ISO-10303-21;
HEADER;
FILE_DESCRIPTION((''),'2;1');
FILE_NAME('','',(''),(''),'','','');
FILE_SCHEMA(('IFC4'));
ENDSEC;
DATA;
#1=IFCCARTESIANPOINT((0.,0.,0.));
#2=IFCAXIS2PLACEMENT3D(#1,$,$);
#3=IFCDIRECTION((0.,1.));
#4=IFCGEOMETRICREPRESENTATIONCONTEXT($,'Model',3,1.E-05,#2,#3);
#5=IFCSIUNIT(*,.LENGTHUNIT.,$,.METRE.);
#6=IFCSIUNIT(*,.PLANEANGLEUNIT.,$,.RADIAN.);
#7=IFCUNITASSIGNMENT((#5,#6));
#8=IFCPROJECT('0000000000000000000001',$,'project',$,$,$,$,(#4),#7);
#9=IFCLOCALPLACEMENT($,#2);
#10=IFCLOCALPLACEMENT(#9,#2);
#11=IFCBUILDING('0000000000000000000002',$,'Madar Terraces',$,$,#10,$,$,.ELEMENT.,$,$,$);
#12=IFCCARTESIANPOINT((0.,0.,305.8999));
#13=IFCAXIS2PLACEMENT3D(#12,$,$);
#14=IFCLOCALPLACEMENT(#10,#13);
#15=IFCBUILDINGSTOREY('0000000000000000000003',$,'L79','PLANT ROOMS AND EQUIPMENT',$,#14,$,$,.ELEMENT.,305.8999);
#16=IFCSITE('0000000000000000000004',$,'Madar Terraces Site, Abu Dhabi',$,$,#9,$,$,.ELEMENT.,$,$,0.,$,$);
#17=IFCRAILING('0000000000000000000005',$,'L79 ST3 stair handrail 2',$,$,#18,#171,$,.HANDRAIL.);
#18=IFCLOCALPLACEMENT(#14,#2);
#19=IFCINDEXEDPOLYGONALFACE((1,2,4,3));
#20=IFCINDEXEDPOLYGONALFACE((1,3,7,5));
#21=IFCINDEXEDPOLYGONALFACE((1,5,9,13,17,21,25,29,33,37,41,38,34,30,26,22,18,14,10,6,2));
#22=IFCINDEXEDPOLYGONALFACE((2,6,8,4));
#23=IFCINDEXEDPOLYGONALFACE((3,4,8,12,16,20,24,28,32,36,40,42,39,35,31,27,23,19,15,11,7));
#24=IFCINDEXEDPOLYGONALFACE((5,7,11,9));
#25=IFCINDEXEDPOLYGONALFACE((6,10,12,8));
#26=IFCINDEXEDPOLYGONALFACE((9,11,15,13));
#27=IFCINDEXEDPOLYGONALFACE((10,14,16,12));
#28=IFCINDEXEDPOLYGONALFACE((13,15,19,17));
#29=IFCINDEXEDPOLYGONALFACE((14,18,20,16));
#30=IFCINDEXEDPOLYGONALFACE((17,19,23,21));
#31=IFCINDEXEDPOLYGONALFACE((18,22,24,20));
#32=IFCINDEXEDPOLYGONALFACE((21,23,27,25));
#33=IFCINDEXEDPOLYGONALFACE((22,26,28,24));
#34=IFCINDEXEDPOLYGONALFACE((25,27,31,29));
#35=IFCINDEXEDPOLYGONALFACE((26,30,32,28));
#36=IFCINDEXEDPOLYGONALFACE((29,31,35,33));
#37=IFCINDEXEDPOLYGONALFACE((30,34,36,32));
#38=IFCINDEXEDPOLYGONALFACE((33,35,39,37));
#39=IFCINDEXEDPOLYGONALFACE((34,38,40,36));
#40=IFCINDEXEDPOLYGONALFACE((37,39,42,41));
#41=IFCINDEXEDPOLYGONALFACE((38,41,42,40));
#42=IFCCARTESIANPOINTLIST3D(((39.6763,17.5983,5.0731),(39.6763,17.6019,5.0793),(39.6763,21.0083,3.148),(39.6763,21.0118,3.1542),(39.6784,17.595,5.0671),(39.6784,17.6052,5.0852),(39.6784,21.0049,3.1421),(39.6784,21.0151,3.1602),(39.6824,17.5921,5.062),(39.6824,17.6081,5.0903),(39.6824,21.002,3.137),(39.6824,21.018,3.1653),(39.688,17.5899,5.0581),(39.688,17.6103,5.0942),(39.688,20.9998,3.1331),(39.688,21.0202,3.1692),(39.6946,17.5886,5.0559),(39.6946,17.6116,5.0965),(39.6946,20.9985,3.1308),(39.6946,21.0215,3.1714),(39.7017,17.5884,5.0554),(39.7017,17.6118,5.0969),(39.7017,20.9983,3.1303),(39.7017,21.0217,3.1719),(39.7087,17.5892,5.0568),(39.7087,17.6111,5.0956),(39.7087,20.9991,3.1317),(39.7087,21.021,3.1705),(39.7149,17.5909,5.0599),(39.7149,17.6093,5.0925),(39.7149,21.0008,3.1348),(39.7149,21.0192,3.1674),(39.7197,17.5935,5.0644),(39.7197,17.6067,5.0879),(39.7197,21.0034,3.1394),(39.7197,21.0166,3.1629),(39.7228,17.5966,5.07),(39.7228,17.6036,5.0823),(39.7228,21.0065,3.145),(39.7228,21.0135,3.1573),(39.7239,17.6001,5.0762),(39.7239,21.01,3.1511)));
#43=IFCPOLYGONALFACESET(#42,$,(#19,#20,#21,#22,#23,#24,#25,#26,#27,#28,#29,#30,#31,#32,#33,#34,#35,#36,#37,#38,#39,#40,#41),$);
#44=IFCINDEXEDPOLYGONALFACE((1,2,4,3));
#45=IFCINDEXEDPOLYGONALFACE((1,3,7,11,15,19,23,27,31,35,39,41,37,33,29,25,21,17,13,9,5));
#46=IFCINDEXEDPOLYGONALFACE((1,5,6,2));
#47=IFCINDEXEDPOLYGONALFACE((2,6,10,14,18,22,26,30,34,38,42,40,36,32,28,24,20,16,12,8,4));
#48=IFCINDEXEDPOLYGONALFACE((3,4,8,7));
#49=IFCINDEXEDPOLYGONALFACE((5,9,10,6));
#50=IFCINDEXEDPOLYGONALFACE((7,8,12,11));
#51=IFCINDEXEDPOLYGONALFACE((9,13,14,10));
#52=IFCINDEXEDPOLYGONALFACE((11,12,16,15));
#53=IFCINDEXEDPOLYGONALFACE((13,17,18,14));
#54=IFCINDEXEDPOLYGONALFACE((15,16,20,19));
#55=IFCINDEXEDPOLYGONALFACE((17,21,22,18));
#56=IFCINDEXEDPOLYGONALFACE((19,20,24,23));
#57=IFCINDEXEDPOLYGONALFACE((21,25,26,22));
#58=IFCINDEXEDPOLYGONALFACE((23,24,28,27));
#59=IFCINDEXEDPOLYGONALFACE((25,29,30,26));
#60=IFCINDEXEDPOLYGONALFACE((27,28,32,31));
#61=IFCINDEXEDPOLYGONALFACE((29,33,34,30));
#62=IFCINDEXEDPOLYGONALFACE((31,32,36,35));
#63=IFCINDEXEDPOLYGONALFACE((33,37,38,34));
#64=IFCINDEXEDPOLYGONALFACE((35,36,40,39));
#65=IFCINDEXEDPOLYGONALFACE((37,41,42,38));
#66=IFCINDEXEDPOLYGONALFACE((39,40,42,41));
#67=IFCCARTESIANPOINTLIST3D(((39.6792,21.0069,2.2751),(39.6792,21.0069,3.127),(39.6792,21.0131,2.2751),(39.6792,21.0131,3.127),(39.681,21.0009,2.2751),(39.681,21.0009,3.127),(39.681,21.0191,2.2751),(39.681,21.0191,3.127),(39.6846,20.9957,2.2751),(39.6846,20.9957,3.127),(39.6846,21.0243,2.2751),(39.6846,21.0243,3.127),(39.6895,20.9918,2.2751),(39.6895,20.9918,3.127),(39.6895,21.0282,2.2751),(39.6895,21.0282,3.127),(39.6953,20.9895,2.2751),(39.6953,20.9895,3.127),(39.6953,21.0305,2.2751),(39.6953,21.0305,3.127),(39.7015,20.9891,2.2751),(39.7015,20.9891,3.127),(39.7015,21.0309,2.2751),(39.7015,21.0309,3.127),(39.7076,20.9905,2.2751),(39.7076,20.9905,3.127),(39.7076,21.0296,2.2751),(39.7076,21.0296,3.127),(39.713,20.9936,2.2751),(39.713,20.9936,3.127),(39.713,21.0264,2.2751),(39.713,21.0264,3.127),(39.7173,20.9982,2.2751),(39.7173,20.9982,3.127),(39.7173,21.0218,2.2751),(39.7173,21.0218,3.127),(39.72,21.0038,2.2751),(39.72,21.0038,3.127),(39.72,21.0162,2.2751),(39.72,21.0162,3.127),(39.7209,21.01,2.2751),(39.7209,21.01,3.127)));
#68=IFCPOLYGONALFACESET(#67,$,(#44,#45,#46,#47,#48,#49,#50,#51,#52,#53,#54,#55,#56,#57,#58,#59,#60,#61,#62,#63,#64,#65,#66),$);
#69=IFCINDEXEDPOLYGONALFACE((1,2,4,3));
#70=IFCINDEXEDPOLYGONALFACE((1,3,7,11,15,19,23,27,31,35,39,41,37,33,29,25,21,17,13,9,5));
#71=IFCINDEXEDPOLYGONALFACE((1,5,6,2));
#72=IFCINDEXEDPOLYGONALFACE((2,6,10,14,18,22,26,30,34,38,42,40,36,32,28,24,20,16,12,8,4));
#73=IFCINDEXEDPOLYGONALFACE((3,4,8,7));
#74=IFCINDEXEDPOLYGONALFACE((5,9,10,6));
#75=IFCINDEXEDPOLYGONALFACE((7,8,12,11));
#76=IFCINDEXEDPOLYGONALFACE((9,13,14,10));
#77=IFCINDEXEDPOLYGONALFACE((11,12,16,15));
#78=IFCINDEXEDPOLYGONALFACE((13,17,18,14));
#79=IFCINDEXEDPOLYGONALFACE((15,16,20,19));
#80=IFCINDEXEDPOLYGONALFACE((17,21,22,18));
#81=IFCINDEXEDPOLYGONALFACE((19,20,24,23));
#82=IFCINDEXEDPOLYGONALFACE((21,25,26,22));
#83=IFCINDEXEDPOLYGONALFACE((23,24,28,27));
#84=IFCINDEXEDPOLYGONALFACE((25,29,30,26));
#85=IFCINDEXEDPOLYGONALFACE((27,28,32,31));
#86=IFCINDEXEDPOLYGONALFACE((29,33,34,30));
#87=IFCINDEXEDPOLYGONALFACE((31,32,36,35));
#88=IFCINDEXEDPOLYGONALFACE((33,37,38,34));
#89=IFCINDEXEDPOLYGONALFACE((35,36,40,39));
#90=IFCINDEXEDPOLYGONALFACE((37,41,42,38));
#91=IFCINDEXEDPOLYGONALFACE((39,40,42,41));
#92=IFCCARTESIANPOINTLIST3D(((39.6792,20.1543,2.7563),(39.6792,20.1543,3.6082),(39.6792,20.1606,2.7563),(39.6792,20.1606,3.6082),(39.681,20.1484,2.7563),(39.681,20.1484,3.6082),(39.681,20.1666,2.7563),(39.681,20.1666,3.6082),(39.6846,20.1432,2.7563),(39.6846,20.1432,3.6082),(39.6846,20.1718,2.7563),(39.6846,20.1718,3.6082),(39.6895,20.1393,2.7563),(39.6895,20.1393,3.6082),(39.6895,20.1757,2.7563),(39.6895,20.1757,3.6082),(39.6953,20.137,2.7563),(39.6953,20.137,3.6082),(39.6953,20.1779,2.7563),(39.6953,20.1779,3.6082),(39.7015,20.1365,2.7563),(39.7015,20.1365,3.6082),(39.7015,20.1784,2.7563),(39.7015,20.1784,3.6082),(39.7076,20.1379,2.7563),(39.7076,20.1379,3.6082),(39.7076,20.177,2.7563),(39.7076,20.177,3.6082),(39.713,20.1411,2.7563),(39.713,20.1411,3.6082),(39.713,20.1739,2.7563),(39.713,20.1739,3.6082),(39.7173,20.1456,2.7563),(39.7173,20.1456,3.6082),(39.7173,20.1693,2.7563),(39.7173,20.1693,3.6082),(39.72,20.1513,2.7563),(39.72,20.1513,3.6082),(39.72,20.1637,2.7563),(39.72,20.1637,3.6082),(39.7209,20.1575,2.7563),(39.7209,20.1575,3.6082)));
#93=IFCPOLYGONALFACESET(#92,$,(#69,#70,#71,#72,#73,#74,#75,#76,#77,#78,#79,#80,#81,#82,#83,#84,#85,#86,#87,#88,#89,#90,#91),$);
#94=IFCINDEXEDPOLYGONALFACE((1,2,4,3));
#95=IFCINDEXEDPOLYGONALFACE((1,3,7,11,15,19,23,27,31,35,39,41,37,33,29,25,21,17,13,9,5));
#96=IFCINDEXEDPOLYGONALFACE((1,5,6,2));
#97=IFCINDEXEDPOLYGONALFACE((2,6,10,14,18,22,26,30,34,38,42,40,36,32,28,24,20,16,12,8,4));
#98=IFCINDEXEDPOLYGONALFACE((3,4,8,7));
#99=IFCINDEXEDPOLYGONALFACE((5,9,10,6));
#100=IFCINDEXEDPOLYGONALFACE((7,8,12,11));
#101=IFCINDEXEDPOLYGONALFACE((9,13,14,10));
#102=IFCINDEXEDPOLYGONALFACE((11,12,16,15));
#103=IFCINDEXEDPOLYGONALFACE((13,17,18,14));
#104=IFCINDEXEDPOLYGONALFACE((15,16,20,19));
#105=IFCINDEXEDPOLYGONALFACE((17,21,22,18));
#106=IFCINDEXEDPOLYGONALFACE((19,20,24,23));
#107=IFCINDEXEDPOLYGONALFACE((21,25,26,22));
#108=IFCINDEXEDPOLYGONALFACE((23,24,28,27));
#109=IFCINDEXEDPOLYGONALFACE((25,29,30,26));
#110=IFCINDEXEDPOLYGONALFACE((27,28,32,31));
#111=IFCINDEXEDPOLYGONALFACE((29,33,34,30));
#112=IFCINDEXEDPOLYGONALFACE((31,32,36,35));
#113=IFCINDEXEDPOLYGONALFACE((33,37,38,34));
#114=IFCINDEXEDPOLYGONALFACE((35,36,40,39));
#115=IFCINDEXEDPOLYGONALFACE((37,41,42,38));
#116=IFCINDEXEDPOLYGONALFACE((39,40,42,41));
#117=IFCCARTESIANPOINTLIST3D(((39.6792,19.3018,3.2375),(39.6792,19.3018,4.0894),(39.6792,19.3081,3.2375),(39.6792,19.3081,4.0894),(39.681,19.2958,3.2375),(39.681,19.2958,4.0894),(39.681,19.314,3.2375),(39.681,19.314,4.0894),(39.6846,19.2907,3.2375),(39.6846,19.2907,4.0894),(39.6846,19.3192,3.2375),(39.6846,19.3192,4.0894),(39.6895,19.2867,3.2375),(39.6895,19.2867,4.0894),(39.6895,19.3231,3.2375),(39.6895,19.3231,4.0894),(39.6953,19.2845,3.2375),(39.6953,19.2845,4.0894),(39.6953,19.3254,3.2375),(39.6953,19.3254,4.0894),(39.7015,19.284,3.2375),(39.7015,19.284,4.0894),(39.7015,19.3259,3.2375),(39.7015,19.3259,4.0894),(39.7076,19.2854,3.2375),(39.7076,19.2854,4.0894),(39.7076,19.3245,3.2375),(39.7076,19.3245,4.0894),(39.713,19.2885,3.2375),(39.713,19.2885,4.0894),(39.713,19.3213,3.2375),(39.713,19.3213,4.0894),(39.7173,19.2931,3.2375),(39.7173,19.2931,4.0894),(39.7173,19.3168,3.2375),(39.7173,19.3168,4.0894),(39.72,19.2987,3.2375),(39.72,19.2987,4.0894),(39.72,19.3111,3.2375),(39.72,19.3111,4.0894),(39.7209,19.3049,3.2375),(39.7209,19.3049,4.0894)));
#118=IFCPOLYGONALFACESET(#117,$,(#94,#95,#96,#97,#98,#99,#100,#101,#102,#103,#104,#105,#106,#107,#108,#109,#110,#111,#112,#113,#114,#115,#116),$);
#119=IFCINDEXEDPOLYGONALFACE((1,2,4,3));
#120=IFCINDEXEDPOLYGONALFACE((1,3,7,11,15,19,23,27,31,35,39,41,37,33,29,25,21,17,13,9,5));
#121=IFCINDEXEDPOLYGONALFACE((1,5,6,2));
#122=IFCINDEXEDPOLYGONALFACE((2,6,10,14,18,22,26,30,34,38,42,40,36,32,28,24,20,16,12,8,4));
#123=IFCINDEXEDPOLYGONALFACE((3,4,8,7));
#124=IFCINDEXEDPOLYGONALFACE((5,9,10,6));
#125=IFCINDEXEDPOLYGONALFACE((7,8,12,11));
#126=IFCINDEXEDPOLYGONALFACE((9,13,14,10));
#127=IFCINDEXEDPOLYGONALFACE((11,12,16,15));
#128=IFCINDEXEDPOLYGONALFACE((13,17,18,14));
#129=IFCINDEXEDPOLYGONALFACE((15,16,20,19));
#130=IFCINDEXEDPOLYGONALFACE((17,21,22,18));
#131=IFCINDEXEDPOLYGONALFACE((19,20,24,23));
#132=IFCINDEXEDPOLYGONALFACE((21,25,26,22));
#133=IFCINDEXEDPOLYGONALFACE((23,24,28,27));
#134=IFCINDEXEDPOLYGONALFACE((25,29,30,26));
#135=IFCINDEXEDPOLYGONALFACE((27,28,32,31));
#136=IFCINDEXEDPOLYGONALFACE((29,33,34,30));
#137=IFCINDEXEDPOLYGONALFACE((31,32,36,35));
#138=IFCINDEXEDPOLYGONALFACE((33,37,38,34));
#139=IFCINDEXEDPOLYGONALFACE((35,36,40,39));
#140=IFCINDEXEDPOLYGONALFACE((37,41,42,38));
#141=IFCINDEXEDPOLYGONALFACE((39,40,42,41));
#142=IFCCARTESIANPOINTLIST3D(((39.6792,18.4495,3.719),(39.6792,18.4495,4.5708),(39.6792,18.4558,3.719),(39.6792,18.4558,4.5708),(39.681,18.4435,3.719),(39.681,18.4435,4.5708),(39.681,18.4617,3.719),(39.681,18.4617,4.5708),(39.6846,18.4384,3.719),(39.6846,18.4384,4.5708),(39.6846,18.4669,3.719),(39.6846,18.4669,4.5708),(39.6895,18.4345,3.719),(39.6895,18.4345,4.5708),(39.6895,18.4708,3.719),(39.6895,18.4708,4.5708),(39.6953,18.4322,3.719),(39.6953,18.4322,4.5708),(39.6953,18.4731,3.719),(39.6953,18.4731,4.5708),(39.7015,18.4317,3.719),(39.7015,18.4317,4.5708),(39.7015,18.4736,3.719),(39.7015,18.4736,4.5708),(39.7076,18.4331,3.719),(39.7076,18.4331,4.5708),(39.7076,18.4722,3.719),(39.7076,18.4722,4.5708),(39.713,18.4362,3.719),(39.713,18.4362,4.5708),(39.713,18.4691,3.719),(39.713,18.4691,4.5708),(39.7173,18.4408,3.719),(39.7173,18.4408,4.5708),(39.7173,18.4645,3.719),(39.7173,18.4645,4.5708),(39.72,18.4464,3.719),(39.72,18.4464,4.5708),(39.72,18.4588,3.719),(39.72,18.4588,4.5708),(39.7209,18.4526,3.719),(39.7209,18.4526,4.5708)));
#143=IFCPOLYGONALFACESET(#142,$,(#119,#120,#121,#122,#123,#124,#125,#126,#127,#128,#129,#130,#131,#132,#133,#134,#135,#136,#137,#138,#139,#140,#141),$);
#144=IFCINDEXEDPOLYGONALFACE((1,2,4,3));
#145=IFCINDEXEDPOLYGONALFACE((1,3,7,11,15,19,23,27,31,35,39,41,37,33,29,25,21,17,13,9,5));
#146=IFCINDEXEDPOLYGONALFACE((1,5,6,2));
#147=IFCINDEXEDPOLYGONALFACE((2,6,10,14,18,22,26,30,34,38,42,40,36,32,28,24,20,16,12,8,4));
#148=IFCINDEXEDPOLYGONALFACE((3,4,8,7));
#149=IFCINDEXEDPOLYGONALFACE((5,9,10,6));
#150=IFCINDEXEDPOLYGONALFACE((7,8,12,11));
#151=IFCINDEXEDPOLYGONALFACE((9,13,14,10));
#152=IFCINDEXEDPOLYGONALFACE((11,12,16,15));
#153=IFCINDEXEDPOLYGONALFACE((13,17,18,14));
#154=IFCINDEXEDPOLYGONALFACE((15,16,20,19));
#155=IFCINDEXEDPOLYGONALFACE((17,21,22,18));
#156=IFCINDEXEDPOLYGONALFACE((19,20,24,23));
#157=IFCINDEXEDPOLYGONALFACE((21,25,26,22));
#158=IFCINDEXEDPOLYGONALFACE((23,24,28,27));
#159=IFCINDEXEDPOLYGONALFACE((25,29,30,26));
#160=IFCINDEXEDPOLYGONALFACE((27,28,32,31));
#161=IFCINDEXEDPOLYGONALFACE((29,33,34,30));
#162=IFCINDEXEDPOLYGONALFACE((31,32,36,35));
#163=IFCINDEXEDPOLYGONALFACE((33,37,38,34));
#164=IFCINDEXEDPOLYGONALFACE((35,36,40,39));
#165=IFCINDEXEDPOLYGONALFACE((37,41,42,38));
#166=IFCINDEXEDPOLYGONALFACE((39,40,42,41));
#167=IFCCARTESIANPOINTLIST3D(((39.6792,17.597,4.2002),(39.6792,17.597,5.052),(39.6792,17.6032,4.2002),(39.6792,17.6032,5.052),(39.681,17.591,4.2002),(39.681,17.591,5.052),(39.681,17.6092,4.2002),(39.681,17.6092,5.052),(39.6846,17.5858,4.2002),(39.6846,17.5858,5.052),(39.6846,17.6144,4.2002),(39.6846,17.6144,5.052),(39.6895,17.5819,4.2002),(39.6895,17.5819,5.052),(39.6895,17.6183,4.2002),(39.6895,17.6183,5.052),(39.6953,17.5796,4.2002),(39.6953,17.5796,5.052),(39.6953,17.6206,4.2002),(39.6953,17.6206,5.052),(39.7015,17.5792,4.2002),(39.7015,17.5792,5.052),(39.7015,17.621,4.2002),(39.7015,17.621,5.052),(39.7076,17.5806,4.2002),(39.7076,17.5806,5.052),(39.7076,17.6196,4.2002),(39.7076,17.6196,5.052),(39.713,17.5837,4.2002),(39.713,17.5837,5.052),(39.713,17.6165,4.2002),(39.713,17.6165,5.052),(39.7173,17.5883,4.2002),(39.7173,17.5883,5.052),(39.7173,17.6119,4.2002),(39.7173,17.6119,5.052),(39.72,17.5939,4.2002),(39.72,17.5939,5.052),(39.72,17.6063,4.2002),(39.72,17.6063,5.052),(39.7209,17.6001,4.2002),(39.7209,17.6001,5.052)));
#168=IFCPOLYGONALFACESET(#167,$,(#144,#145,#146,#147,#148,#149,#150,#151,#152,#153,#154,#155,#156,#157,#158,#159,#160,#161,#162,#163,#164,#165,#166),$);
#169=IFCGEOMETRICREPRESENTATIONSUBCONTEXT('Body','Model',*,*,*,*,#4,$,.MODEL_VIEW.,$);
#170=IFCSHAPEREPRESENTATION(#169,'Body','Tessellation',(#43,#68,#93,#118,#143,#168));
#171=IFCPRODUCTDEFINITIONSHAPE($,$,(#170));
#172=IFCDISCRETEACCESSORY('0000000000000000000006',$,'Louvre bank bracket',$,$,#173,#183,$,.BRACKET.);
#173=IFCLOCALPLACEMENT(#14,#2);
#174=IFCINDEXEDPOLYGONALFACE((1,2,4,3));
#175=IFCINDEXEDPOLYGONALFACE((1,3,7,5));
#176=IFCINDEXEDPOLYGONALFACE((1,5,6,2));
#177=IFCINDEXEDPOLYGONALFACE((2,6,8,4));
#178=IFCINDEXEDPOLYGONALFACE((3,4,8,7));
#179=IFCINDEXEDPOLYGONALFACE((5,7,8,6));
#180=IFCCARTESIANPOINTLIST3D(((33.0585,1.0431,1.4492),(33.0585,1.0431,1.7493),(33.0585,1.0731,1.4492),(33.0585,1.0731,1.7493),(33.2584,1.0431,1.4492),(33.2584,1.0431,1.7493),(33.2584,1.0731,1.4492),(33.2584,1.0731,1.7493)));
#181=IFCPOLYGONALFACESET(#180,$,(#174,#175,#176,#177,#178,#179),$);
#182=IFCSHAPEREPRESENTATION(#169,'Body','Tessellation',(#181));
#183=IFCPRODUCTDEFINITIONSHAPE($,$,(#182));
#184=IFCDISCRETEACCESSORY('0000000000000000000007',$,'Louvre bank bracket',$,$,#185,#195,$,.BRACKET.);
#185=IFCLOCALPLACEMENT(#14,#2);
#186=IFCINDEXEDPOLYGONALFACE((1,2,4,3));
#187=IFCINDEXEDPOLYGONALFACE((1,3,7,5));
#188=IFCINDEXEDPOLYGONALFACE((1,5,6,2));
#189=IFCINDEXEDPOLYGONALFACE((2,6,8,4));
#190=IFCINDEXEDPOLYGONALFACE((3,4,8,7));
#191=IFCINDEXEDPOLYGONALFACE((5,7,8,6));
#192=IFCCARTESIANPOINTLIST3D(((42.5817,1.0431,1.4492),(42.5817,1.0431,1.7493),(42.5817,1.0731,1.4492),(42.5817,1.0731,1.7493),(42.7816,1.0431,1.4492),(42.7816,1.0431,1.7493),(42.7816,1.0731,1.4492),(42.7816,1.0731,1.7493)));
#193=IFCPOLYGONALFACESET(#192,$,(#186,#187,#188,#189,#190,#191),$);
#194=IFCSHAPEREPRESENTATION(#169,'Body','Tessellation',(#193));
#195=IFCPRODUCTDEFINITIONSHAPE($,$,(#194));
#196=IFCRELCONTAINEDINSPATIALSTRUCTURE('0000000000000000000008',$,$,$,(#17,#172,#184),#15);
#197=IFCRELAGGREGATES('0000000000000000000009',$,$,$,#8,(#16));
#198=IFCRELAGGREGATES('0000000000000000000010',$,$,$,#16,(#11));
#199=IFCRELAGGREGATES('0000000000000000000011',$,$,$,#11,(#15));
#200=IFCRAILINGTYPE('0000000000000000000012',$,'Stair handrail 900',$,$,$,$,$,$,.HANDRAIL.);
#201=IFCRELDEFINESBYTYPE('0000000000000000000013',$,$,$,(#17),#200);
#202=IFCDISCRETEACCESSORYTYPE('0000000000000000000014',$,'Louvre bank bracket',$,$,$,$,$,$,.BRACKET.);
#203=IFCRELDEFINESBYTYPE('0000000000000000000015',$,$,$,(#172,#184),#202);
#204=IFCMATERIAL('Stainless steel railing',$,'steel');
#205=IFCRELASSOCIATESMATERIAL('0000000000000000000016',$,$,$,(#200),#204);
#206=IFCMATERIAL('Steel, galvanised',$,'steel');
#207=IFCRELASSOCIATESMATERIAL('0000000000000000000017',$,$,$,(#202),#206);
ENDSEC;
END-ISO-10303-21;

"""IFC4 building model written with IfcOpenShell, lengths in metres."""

from ifc_helpers import new_model, si_unit, direction, frame, origin, origin_2d, place, context, subcontext, project, spatial, rectangle, circle, extrude, material, type_object, element, save


model = new_model("IFC4")

# Units and contexts
model_context = context("Model", 3, precision=1e-05, world=origin(), true_north=direction((0.0, 1.0)))
body_context = subcontext(model_context, "Body", "Model", "MODEL_VIEW")
ifc_project = project(units=[si_unit("LENGTHUNIT", "METRE"), si_unit("PLANEANGLEUNIT", "RADIAN")], contexts=[model_context])

# Site, building, storey
site_placement = place(None, origin())
site = spatial("IfcSite", under=ifc_project, at=site_placement, Name="Madar Terraces Site, Abu Dhabi", CompositionType="ELEMENT", RefElevation=0.0)
building_placement = place(site_placement, origin())
building = spatial("IfcBuilding", under=site, at=building_placement, Name="Madar Terraces", CompositionType="ELEMENT")
storey_placement = place(building_placement, frame((0.0, 0.0, 305.8999)))
storey = spatial("IfcBuildingStorey", under=building, at=storey_placement, Name="L79", Description="PLANT ROOMS AND EQUIPMENT", CompositionType="ELEMENT", Elevation=305.8999)

# Railing
ifc_material_1 = material(Name="Stainless steel railing", Category="steel")
railing_type_1 = type_object("IfcRailingType", Name="Stair handrail 900", PredefinedType="HANDRAIL", material=ifc_material_1)
railing_1_placement = place(storey_placement, frame((39.7, 21.01, 2.2751)))
element("IfcRailing", 1, at=railing_1_placement, inside=storey, type_object=railing_type_1, Name="L79 ST3 stair handrail 2", PredefinedType="HANDRAIL", context=body_context, shape_type="SweptSolid", body=[
    extrude(circle(Radius=0.0239, at=origin_2d()), frame((0.0, 0.0, 0.876), z_axis=(0.0, -0.870814, 0.491613), x_axis=(1.0, 0.0, 0.0)), (0.0, 0.0, 1.0), 3.9158),
    extrude(circle(Radius=0.021, at=origin_2d()), origin(), (0.0, 0.0, 1.0), 0.8518),
    extrude(circle(Radius=0.021, at=origin_2d()), frame((0.0, -0.8525, 0.4812)), (0.0, 0.0, 1.0), 0.8518),
    extrude(circle(Radius=0.021, at=origin_2d()), frame((0.0, -1.7051, 0.9624)), (0.0, 0.0, 1.0), 0.8518),
    extrude(circle(Radius=0.021, at=origin_2d()), frame((0.0, -2.5574, 1.4438)), (0.0, 0.0, 1.0), 0.8518),
    extrude(circle(Radius=0.021, at=origin_2d()), frame((0.0, -3.4099, 1.925)), (0.0, 0.0, 1.0), 0.8518),
])

# Discrete accessories
ifc_material_2 = material(Name="Steel, galvanised", Category="steel")
discrete_accessory_type = type_object("IfcDiscreteAccessoryType", Name="Louvre bank bracket", PredefinedType="BRACKET", material=ifc_material_2)
for number, where, z_axis, x_axis, name in (
    (2, (33.1584, 1.0581, 1.4492), (0.0, 0.0, 1.0), (1.0, 0.0, 0.0), "Louvre bank bracket"),
    (3, (42.6816, 1.0581, 1.4492), (0.0, 0.0, 1.0), (1.0, 0.0, 0.0), "Louvre bank bracket"),
):
    element("IfcDiscreteAccessory", number, at=place(storey_placement, frame(where, z_axis=z_axis, x_axis=x_axis)), inside=storey, type_object=discrete_accessory_type, Name=name, PredefinedType="BRACKET", context=body_context, shape_type="SweptSolid", body=[
        extrude(rectangle(XDim=0.2, YDim=0.03, at=origin_2d()), origin(), (0.0, 0.0, 1.0), 0.3),
    ])

save(model, "model.ifc")
